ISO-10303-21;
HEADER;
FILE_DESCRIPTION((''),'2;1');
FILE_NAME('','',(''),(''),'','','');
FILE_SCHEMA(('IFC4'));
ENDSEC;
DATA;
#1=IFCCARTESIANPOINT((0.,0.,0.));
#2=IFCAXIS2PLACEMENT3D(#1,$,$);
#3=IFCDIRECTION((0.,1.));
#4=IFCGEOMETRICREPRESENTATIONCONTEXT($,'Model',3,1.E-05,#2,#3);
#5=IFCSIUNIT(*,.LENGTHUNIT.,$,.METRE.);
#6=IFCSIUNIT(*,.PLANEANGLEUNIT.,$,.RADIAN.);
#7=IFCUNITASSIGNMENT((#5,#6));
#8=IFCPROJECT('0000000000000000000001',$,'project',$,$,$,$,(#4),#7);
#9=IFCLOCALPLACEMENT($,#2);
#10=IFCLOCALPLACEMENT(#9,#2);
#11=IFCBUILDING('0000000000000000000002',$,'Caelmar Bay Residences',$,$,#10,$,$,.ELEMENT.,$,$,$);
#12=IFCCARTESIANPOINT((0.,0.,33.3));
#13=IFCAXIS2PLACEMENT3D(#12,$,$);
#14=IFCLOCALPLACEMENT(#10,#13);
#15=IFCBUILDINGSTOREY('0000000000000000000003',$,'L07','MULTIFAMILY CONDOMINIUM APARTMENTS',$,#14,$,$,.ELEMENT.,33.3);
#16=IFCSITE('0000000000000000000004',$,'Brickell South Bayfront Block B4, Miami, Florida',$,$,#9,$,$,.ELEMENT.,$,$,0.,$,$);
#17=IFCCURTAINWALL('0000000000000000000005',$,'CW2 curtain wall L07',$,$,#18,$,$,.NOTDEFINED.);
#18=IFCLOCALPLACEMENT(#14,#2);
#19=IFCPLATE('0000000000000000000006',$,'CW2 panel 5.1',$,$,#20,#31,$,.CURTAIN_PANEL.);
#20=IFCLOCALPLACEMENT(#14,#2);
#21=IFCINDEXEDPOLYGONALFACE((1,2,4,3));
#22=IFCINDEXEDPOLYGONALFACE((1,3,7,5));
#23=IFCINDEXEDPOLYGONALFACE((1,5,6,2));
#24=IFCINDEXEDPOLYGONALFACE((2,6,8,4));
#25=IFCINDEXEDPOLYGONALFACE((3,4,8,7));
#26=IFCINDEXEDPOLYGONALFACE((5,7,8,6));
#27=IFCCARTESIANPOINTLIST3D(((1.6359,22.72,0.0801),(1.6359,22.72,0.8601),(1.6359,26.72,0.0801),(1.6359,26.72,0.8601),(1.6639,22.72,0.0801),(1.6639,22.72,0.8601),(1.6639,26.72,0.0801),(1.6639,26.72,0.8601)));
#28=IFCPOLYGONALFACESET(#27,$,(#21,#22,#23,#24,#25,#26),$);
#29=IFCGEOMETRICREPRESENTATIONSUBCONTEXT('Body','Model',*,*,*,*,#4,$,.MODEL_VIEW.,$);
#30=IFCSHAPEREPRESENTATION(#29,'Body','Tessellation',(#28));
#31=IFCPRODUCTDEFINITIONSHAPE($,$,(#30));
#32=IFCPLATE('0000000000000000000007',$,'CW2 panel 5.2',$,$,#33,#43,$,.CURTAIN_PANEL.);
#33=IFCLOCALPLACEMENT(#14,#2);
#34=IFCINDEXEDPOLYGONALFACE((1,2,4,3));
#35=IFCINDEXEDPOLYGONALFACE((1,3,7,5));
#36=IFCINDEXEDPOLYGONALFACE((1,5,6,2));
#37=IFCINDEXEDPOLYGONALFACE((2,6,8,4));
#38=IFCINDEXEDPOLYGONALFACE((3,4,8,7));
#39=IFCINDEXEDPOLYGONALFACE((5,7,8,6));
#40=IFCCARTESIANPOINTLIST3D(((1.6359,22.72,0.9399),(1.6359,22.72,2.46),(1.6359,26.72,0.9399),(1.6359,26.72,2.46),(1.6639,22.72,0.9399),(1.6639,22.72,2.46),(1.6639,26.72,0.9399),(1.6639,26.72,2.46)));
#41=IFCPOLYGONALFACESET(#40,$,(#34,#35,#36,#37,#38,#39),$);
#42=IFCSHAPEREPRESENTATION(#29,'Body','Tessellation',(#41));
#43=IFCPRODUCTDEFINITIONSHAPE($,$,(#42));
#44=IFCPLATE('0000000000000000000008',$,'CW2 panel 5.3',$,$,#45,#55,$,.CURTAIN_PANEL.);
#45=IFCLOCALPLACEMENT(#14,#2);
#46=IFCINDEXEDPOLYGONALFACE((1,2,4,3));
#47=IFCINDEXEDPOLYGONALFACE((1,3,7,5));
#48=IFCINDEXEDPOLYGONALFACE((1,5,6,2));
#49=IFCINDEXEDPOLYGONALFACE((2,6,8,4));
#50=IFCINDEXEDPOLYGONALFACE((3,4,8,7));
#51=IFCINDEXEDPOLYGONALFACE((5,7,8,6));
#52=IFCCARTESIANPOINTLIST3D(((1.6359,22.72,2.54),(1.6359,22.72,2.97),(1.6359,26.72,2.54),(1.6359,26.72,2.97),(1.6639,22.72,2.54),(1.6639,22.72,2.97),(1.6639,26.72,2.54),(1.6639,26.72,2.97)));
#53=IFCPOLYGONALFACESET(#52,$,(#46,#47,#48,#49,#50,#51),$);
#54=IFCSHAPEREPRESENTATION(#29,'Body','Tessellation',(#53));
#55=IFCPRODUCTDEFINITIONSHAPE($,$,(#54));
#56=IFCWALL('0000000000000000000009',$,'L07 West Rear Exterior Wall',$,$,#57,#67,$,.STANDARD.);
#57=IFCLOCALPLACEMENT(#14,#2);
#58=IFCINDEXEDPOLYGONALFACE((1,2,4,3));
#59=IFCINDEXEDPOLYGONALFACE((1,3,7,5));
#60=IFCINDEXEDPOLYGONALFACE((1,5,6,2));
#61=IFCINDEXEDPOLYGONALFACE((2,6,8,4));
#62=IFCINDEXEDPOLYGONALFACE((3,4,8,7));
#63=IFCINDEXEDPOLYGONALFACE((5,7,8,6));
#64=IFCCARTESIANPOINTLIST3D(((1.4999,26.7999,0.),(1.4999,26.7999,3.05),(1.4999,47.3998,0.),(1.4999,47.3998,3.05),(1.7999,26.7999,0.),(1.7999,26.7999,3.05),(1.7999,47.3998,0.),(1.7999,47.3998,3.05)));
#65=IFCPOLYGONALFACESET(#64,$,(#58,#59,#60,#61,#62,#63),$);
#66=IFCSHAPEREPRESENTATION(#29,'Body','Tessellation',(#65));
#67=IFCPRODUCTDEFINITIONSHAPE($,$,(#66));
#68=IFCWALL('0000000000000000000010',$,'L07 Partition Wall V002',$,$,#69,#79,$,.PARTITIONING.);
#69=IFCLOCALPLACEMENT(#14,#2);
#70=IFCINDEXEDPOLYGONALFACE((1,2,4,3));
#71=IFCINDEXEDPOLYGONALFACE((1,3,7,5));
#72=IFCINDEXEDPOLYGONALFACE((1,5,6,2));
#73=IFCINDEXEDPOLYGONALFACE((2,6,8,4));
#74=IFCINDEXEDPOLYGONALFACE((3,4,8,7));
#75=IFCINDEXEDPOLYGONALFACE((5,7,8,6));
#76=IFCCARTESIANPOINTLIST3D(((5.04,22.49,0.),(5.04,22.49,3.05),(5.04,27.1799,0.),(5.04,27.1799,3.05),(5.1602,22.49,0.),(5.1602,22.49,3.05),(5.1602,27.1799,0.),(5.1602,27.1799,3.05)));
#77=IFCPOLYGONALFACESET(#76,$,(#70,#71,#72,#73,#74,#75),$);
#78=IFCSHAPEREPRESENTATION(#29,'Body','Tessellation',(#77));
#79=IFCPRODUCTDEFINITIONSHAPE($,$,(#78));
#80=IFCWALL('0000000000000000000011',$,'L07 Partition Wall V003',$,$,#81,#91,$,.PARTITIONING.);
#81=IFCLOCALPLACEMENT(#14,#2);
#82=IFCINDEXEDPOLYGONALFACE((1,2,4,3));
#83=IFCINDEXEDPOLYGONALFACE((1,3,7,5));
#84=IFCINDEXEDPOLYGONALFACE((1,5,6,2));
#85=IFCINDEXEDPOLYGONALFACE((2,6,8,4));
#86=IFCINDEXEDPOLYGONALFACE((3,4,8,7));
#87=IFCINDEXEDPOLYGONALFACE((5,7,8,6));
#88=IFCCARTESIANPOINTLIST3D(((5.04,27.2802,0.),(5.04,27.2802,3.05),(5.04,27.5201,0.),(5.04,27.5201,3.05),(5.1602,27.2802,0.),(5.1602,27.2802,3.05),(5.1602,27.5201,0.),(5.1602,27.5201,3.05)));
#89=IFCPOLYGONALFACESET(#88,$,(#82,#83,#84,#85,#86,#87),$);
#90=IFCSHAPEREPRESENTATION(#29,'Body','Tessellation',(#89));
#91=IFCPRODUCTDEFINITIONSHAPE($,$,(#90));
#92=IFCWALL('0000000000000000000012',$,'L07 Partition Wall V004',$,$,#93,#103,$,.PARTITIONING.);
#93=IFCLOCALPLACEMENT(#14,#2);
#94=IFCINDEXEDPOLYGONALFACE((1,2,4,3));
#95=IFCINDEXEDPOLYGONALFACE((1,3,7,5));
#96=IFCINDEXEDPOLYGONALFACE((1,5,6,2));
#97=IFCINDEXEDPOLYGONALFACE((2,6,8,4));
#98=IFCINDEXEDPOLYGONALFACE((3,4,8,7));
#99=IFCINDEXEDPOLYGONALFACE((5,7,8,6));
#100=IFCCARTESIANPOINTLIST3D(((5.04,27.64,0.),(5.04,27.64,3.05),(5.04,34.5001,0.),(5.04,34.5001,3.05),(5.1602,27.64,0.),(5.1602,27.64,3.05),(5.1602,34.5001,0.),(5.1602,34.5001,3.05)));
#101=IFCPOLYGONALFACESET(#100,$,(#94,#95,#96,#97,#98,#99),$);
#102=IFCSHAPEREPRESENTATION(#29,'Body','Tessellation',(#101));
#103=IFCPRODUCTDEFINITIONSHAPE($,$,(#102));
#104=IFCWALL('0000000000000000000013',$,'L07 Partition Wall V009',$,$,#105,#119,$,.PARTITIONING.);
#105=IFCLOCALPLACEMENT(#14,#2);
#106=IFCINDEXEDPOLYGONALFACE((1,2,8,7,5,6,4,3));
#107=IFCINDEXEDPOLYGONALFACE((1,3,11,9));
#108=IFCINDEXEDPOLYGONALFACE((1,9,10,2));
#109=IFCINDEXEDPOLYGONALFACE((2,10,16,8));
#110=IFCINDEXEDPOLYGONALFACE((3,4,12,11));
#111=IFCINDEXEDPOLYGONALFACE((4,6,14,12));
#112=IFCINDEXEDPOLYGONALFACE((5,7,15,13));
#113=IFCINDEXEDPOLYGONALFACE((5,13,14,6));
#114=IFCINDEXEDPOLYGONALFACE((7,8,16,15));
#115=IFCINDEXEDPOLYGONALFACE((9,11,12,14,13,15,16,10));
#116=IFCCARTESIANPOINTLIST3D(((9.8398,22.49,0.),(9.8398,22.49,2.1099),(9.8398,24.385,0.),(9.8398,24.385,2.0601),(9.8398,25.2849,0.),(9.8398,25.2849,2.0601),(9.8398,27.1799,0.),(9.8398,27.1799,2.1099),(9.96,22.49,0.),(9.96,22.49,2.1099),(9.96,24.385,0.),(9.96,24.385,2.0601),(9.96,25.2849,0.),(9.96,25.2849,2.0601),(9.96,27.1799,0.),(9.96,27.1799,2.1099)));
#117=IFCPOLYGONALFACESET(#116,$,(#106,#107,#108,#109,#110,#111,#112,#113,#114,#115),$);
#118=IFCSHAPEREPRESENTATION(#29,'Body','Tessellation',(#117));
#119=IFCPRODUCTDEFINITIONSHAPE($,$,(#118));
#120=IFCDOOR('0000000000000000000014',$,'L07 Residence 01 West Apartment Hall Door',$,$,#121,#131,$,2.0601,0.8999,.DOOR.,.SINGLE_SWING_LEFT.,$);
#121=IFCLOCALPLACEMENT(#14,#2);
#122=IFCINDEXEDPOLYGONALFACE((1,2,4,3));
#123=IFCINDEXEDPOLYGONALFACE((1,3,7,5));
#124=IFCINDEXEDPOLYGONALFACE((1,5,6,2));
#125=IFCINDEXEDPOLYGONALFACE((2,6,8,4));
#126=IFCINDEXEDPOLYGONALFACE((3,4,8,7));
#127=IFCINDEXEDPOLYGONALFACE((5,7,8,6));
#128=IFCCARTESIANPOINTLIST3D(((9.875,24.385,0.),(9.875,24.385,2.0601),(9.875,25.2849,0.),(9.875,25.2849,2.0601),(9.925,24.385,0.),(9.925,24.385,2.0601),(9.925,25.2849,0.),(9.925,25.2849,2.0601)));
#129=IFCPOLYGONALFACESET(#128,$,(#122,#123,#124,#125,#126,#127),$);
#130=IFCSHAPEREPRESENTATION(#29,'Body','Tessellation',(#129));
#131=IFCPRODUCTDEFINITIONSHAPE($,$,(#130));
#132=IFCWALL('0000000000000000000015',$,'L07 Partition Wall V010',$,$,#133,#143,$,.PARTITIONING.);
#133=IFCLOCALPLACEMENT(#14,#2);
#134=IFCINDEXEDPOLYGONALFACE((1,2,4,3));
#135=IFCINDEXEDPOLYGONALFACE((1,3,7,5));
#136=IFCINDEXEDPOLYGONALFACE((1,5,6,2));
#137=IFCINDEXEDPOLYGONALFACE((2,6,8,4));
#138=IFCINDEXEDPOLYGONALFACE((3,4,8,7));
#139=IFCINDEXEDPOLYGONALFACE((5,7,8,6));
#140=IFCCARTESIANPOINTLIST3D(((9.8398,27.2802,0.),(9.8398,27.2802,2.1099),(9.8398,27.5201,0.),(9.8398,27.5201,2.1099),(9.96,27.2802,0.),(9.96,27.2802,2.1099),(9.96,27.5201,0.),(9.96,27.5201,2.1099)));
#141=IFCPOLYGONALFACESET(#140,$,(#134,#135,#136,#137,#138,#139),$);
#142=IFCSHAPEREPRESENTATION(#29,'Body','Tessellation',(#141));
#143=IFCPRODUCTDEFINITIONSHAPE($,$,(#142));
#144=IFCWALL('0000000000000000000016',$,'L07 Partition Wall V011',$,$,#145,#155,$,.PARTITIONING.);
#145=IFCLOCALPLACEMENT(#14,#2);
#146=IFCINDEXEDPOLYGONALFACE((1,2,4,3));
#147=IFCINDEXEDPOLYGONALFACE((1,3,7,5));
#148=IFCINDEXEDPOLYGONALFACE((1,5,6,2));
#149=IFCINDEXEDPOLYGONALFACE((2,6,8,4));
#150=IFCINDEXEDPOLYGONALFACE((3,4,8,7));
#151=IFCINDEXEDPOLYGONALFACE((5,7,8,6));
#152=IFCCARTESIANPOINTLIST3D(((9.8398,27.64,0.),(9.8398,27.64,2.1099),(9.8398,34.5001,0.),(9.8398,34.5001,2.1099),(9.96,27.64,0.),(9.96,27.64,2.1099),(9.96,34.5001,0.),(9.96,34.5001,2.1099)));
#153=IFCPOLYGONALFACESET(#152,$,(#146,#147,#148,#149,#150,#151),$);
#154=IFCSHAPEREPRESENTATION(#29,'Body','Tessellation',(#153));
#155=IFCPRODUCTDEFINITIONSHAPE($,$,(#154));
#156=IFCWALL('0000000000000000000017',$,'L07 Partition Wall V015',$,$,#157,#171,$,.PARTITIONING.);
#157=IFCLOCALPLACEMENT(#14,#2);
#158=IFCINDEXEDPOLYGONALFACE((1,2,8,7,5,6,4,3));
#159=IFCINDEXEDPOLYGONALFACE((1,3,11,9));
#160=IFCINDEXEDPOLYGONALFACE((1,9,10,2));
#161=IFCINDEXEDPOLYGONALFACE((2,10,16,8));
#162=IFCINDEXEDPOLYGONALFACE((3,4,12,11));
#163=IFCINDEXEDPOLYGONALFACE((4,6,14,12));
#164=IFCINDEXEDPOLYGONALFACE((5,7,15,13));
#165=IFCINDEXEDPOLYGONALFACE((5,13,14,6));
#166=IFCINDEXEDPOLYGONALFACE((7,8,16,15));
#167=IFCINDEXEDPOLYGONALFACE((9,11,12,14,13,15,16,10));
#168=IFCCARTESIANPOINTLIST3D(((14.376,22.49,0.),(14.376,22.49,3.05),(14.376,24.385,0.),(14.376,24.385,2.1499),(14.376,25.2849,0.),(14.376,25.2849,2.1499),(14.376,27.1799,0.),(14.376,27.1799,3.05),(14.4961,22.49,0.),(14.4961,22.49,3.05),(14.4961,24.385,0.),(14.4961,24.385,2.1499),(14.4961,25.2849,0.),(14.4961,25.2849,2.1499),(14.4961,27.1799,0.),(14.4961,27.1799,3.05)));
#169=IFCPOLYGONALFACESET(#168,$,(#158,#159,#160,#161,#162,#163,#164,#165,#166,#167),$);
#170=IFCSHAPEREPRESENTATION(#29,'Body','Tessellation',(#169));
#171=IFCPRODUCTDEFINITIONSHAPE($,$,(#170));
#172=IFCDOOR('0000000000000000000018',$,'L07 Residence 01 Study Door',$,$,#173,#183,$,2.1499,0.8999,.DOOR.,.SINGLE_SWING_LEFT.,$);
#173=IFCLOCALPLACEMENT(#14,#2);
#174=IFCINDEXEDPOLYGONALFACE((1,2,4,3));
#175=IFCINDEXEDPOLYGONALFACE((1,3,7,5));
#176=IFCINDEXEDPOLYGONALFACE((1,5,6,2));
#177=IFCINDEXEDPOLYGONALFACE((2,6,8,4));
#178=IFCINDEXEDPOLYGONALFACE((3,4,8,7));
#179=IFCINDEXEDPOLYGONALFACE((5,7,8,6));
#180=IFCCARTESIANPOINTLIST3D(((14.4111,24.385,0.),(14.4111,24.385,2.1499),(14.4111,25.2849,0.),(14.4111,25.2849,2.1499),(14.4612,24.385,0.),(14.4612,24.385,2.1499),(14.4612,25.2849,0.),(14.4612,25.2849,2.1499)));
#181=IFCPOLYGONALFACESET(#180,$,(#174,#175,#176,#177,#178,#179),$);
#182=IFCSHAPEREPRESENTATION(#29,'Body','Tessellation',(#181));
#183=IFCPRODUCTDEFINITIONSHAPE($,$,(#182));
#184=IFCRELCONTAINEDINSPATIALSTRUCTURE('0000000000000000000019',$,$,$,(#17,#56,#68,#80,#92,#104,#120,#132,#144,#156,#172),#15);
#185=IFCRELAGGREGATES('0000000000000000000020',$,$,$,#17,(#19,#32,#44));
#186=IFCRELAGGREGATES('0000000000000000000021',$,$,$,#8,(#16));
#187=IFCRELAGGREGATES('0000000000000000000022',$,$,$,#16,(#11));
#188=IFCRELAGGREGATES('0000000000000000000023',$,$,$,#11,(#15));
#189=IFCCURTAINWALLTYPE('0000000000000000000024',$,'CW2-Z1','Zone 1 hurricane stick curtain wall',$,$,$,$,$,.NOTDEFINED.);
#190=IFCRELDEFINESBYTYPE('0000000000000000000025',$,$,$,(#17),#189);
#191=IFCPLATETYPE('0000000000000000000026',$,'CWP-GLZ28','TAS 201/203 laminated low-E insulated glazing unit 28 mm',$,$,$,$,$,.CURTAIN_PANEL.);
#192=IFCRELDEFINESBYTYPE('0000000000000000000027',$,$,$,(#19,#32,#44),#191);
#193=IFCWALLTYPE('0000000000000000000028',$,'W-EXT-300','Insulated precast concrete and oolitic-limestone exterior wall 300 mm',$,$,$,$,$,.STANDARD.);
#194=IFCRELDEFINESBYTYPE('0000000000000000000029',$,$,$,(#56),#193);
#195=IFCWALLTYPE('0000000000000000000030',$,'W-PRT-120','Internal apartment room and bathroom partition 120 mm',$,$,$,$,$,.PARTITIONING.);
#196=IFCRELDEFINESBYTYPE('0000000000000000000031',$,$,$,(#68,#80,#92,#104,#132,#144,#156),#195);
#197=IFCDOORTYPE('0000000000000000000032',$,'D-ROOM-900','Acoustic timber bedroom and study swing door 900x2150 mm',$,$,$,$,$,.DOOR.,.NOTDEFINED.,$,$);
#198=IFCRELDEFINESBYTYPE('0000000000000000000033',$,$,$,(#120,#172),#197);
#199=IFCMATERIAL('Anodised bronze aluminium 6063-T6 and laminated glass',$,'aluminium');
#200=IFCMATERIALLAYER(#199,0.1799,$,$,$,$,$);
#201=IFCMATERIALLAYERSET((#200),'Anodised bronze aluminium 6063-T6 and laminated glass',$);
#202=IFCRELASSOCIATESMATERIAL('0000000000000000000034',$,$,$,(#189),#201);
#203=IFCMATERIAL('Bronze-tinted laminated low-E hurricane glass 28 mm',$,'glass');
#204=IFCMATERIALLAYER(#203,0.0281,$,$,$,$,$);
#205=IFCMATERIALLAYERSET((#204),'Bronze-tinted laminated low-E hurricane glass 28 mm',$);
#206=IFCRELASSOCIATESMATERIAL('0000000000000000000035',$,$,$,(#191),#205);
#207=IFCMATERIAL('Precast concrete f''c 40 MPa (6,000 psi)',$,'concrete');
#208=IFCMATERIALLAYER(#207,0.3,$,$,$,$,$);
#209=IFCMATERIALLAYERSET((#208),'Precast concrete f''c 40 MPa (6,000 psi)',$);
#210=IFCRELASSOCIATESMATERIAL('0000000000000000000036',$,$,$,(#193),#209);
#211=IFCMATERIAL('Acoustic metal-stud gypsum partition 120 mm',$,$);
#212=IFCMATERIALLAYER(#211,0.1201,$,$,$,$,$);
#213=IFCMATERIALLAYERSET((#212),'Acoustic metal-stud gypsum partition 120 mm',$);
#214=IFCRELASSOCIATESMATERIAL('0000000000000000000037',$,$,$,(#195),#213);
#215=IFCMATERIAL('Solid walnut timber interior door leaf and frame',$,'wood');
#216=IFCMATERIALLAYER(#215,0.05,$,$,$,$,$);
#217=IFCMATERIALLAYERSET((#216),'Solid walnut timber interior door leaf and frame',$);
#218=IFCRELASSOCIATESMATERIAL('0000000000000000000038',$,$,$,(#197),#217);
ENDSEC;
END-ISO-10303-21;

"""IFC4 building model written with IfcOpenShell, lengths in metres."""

from ifc_helpers import new_model, si_unit, direction, frame, frame_2d, origin, origin_2d, place, context, subcontext, project, spatial, rectangle, extrude, material, layer, layer_set, type_object, element, fill, aggregate, save


model = new_model("IFC4")

# Units and contexts
model_context = context("Model", 3, precision=1e-05, world=origin(), true_north=direction((0.0, 1.0)))
body_context = subcontext(model_context, "Body", "Model", "MODEL_VIEW")
ifc_project = project(units=[si_unit("LENGTHUNIT", "METRE"), si_unit("PLANEANGLEUNIT", "RADIAN")], contexts=[model_context])

# Site, building, storey
site_placement = place(None, origin())
site = spatial("IfcSite", under=ifc_project, at=site_placement, Name="Brickell South Bayfront Block B4, Miami, Florida", CompositionType="ELEMENT", RefElevation=0.0)
building_placement = place(site_placement, origin())
building = spatial("IfcBuilding", under=site, at=building_placement, Name="Caelmar Bay Residences", CompositionType="ELEMENT")
storey_placement = place(building_placement, frame((0.0, 0.0, 33.3)))
storey = spatial("IfcBuildingStorey", under=building, at=storey_placement, Name="L07", Description="MULTIFAMILY CONDOMINIUM APARTMENTS", CompositionType="ELEMENT", Elevation=33.3)

# Curtain wall, plates
ifc_material_1 = material(Name="Anodised bronze aluminium 6063-T6 and laminated glass", Category="aluminium")
ifc_layer_1 = layer(ifc_material_1, 0.1799)
ifc_layer_set_1 = layer_set([ifc_layer_1], Name="Anodised bronze aluminium 6063-T6 and laminated glass")
curtain_wall_type = type_object("IfcCurtainWallType", Name="CW2-Z1", Description="Zone 1 hurricane stick curtain wall", PredefinedType="NOTDEFINED", material=ifc_layer_set_1)
curtain_wall_placement = place(storey_placement, origin())
curtain_wall = element("IfcCurtainWall", 1, at=curtain_wall_placement, inside=storey, type_object=curtain_wall_type, Name="CW2 curtain wall L07", PredefinedType="NOTDEFINED")
ifc_material_2 = material(Name="Bronze-tinted laminated low-E hurricane glass 28 mm", Category="glass")
ifc_layer_2 = layer(ifc_material_2, 0.0281)
ifc_layer_set_2 = layer_set([ifc_layer_2], Name="Bronze-tinted laminated low-E hurricane glass 28 mm")
plate_type = type_object("IfcPlateType", Name="CWP-GLZ28", Description="TAS 201/203 laminated low-E insulated glazing unit 28 mm", PredefinedType="CURTAIN_PANEL", material=ifc_layer_set_2)
plate_1_placement = place(storey_placement, frame((1.6499, 24.72, 0.0801), z_axis=(0.0, 0.0, 1.0), x_axis=(0.0, 1.0, 0.0)))
plate_1 = element("IfcPlate", 2, at=plate_1_placement, type_object=plate_type, Name="CW2 panel 5.1", PredefinedType="CURTAIN_PANEL", context=body_context, shape_type="SweptSolid", body=[
    extrude(rectangle(XDim=4.0, YDim=0.0281, at=origin_2d()), origin(), (0.0, 0.0, 1.0), 0.78),
])
plate_2_placement = place(storey_placement, frame((1.6499, 24.72, 0.9399), z_axis=(0.0, 0.0, 1.0), x_axis=(0.0, 1.0, 0.0)))
plate_2 = element("IfcPlate", 3, at=plate_2_placement, type_object=plate_type, Name="CW2 panel 5.2", PredefinedType="CURTAIN_PANEL", context=body_context, shape_type="SweptSolid", body=[
    extrude(rectangle(XDim=4.0, YDim=0.0281, at=origin_2d()), origin(), (0.0, 0.0, 1.0), 1.52),
])
plate_3_placement = place(storey_placement, frame((1.6499, 24.72, 2.54), z_axis=(0.0, 0.0, 1.0), x_axis=(0.0, 1.0, 0.0)))
plate_3 = element("IfcPlate", 4, at=plate_3_placement, type_object=plate_type, Name="CW2 panel 5.3", PredefinedType="CURTAIN_PANEL", context=body_context, shape_type="SweptSolid", body=[
    extrude(rectangle(XDim=4.0, YDim=0.0281, at=origin_2d()), origin(), (0.0, 0.0, 1.0), 0.4299),
])
aggregate(curtain_wall, [plate_1, plate_2, plate_3])

# Walls
ifc_material_3 = material(Name="Precast concrete f'c 40 MPa (6,000 psi)", Category="concrete")
ifc_layer_3 = layer(ifc_material_3, 0.3)
ifc_layer_set_3 = layer_set([ifc_layer_3], Name="Precast concrete f'c 40 MPa (6,000 psi)")
wall_type_1 = type_object("IfcWallType", Name="W-EXT-300", Description="Insulated precast concrete and oolitic-limestone exterior wall 300 mm", PredefinedType="STANDARD", material=ifc_layer_set_3)
wall_1_placement = place(storey_placement, frame((1.6499, 26.8, 0.0), z_axis=(0.0, 0.0, 1.0), x_axis=(0.0, 1.0, 0.0)))
element("IfcWall", 5, at=wall_1_placement, inside=storey, type_object=wall_type_1, Name="L07 West Rear Exterior Wall", PredefinedType="STANDARD", context=body_context, shape_type="SweptSolid", body=[
    extrude(rectangle(XDim=20.5999, YDim=0.3, at=frame_2d((10.2998, 0.0))), origin(), (0.0, 0.0, 1.0), 3.05),
])
ifc_material_4 = material(Name="Acoustic metal-stud gypsum partition 120 mm")
ifc_layer_4 = layer(ifc_material_4, 0.1201)
ifc_layer_set_4 = layer_set([ifc_layer_4], Name="Acoustic metal-stud gypsum partition 120 mm")
wall_type_2 = type_object("IfcWallType", Name="W-PRT-120", Description="Internal apartment room and bathroom partition 120 mm", PredefinedType="PARTITIONING", material=ifc_layer_set_4)
wall_2_placement = place(storey_placement, frame((5.1001, 22.49, 0.0), z_axis=(0.0, 0.0, 1.0), x_axis=(0.0, 1.0, 0.0)))
element("IfcWall", 6, at=wall_2_placement, inside=storey, type_object=wall_type_2, Name="L07 Partition Wall V002", PredefinedType="PARTITIONING", context=body_context, shape_type="SweptSolid", body=[
    extrude(rectangle(XDim=4.6899, YDim=0.1201, at=frame_2d((2.345, 0.0))), origin(), (0.0, 0.0, 1.0), 3.05),
])
wall_3_placement = place(storey_placement, frame((5.1001, 27.28, 0.0), z_axis=(0.0, 0.0, 1.0), x_axis=(0.0, 1.0, 0.0)))
element("IfcWall", 7, at=wall_3_placement, inside=storey, type_object=wall_type_2, Name="L07 Partition Wall V003", PredefinedType="PARTITIONING", context=body_context, shape_type="SweptSolid", body=[
    extrude(rectangle(XDim=0.24, YDim=0.1201, at=frame_2d((0.1201, 0.0))), origin(), (0.0, 0.0, 1.0), 3.05),
])
wall_4_placement = place(storey_placement, frame((5.1001, 27.6399, 0.0), z_axis=(0.0, 0.0, 1.0), x_axis=(0.0, 1.0, 0.0)))
element("IfcWall", 8, at=wall_4_placement, inside=storey, type_object=wall_type_2, Name="L07 Partition Wall V004", PredefinedType="PARTITIONING", context=body_context, shape_type="SweptSolid", body=[
    extrude(rectangle(XDim=6.8601, YDim=0.1201, at=frame_2d((3.4302, 0.0))), origin(), (0.0, 0.0, 1.0), 3.05),
])

# Wall, opening, door
wall_5_placement = place(storey_placement, frame((9.8999, 22.49, 0.0), z_axis=(0.0, 0.0, 1.0), x_axis=(0.0, 1.0, 0.0)))
wall_5 = element("IfcWall", 9, at=wall_5_placement, inside=storey, type_object=wall_type_2, Name="L07 Partition Wall V009", PredefinedType="PARTITIONING", context=body_context, shape_type="SweptSolid", body=[
    extrude(rectangle(XDim=4.6899, YDim=0.1201, at=frame_2d((2.345, 0.0))), origin(), (0.0, 0.0, 1.0), 2.1099),
])
opening_1_placement = place(wall_5_placement, frame((1.895, 0.0, 0.0)))
opening_1 = element("IfcOpeningElement", 10, at=opening_1_placement, cuts=wall_5, PredefinedType="OPENING", context=body_context, shape_type="SweptSolid", body=[
    extrude(rectangle(XDim=0.8999, YDim=2.0601, at=frame_2d((0.45, 1.03))), frame((0.0, 0.0701, 0.0), z_axis=(0.0, -1.0, 0.0), x_axis=(1.0, 0.0, 0.0)), (0.0, 0.0, 1.0), 0.1401),
])
ifc_material_5 = material(Name="Solid walnut timber interior door leaf and frame", Category="wood")
ifc_layer_5 = layer(ifc_material_5, 0.05)
ifc_layer_set_5 = layer_set([ifc_layer_5], Name="Solid walnut timber interior door leaf and frame")
door_type_1 = type_object("IfcDoorType", Name="D-ROOM-900", Description="Acoustic timber bedroom and study swing door 900x2150 mm", OperationType="NOTDEFINED", PredefinedType="DOOR", material=ifc_layer_set_5)
door_1_placement = place(opening_1_placement, origin())
door_1 = element("IfcDoor", 11, at=door_1_placement, inside=storey, type_object=door_type_1, Name="L07 Residence 01 West Apartment Hall Door", OperationType="SINGLE_SWING_LEFT", OverallHeight=2.0601, OverallWidth=0.8999, PredefinedType="DOOR", context=body_context, shape_type="SweptSolid", body=[
    extrude(rectangle(XDim=0.8999, YDim=2.0601, at=frame_2d((0.45, 1.03))), frame((0.0, 0.0249, 0.0), z_axis=(0.0, -1.0, 0.0), x_axis=(1.0, 0.0, 0.0)), (0.0, 0.0, 1.0), 0.05),
])
fill(opening_1, door_1)

# Walls
wall_6_placement = place(storey_placement, frame((9.8999, 27.28, 0.0), z_axis=(0.0, 0.0, 1.0), x_axis=(0.0, 1.0, 0.0)))
element("IfcWall", 12, at=wall_6_placement, inside=storey, type_object=wall_type_2, Name="L07 Partition Wall V010", PredefinedType="PARTITIONING", context=body_context, shape_type="SweptSolid", body=[
    extrude(rectangle(XDim=0.24, YDim=0.1201, at=frame_2d((0.1201, 0.0))), origin(), (0.0, 0.0, 1.0), 2.1099),
])
wall_7_placement = place(storey_placement, frame((9.8999, 27.6399, 0.0), z_axis=(0.0, 0.0, 1.0), x_axis=(0.0, 1.0, 0.0)))
element("IfcWall", 13, at=wall_7_placement, inside=storey, type_object=wall_type_2, Name="L07 Partition Wall V011", PredefinedType="PARTITIONING", context=body_context, shape_type="SweptSolid", body=[
    extrude(rectangle(XDim=6.8601, YDim=0.1201, at=frame_2d((3.4302, 0.0))), origin(), (0.0, 0.0, 1.0), 2.1099),
])

# Wall, opening, door
wall_8_placement = place(storey_placement, frame((14.436, 22.49, 0.0), z_axis=(0.0, 0.0, 1.0), x_axis=(0.0, 1.0, 0.0)))
wall_8 = element("IfcWall", 14, at=wall_8_placement, inside=storey, type_object=wall_type_2, Name="L07 Partition Wall V015", PredefinedType="PARTITIONING", context=body_context, shape_type="SweptSolid", body=[
    extrude(rectangle(XDim=4.6899, YDim=0.1201, at=frame_2d((2.345, 0.0))), origin(), (0.0, 0.0, 1.0), 3.05),
])
opening_2_placement = place(wall_8_placement, frame((1.895, 0.0, 0.0)))
opening_2 = element("IfcOpeningElement", 15, at=opening_2_placement, cuts=wall_8, PredefinedType="OPENING", context=body_context, shape_type="SweptSolid", body=[
    extrude(rectangle(XDim=0.8999, YDim=2.1499, at=frame_2d((0.45, 1.075))), frame((0.0, 0.0701, 0.0), z_axis=(0.0, -1.0, 0.0), x_axis=(1.0, 0.0, 0.0)), (0.0, 0.0, 1.0), 0.1401),
])
door_2_placement = place(opening_2_placement, origin())
door_2 = element("IfcDoor", 16, at=door_2_placement, inside=storey, type_object=door_type_1, Name="L07 Residence 01 Study Door", OperationType="SINGLE_SWING_LEFT", OverallHeight=2.1499, OverallWidth=0.8999, PredefinedType="DOOR", context=body_context, shape_type="SweptSolid", body=[
    extrude(rectangle(XDim=0.8999, YDim=2.1499, at=frame_2d((0.45, 1.075))), frame((0.0, 0.0249, 0.0), z_axis=(0.0, -1.0, 0.0), x_axis=(1.0, 0.0, 0.0)), (0.0, 0.0, 1.0), 0.05),
])
fill(opening_2, door_2)

save(model, "model.ifc")
